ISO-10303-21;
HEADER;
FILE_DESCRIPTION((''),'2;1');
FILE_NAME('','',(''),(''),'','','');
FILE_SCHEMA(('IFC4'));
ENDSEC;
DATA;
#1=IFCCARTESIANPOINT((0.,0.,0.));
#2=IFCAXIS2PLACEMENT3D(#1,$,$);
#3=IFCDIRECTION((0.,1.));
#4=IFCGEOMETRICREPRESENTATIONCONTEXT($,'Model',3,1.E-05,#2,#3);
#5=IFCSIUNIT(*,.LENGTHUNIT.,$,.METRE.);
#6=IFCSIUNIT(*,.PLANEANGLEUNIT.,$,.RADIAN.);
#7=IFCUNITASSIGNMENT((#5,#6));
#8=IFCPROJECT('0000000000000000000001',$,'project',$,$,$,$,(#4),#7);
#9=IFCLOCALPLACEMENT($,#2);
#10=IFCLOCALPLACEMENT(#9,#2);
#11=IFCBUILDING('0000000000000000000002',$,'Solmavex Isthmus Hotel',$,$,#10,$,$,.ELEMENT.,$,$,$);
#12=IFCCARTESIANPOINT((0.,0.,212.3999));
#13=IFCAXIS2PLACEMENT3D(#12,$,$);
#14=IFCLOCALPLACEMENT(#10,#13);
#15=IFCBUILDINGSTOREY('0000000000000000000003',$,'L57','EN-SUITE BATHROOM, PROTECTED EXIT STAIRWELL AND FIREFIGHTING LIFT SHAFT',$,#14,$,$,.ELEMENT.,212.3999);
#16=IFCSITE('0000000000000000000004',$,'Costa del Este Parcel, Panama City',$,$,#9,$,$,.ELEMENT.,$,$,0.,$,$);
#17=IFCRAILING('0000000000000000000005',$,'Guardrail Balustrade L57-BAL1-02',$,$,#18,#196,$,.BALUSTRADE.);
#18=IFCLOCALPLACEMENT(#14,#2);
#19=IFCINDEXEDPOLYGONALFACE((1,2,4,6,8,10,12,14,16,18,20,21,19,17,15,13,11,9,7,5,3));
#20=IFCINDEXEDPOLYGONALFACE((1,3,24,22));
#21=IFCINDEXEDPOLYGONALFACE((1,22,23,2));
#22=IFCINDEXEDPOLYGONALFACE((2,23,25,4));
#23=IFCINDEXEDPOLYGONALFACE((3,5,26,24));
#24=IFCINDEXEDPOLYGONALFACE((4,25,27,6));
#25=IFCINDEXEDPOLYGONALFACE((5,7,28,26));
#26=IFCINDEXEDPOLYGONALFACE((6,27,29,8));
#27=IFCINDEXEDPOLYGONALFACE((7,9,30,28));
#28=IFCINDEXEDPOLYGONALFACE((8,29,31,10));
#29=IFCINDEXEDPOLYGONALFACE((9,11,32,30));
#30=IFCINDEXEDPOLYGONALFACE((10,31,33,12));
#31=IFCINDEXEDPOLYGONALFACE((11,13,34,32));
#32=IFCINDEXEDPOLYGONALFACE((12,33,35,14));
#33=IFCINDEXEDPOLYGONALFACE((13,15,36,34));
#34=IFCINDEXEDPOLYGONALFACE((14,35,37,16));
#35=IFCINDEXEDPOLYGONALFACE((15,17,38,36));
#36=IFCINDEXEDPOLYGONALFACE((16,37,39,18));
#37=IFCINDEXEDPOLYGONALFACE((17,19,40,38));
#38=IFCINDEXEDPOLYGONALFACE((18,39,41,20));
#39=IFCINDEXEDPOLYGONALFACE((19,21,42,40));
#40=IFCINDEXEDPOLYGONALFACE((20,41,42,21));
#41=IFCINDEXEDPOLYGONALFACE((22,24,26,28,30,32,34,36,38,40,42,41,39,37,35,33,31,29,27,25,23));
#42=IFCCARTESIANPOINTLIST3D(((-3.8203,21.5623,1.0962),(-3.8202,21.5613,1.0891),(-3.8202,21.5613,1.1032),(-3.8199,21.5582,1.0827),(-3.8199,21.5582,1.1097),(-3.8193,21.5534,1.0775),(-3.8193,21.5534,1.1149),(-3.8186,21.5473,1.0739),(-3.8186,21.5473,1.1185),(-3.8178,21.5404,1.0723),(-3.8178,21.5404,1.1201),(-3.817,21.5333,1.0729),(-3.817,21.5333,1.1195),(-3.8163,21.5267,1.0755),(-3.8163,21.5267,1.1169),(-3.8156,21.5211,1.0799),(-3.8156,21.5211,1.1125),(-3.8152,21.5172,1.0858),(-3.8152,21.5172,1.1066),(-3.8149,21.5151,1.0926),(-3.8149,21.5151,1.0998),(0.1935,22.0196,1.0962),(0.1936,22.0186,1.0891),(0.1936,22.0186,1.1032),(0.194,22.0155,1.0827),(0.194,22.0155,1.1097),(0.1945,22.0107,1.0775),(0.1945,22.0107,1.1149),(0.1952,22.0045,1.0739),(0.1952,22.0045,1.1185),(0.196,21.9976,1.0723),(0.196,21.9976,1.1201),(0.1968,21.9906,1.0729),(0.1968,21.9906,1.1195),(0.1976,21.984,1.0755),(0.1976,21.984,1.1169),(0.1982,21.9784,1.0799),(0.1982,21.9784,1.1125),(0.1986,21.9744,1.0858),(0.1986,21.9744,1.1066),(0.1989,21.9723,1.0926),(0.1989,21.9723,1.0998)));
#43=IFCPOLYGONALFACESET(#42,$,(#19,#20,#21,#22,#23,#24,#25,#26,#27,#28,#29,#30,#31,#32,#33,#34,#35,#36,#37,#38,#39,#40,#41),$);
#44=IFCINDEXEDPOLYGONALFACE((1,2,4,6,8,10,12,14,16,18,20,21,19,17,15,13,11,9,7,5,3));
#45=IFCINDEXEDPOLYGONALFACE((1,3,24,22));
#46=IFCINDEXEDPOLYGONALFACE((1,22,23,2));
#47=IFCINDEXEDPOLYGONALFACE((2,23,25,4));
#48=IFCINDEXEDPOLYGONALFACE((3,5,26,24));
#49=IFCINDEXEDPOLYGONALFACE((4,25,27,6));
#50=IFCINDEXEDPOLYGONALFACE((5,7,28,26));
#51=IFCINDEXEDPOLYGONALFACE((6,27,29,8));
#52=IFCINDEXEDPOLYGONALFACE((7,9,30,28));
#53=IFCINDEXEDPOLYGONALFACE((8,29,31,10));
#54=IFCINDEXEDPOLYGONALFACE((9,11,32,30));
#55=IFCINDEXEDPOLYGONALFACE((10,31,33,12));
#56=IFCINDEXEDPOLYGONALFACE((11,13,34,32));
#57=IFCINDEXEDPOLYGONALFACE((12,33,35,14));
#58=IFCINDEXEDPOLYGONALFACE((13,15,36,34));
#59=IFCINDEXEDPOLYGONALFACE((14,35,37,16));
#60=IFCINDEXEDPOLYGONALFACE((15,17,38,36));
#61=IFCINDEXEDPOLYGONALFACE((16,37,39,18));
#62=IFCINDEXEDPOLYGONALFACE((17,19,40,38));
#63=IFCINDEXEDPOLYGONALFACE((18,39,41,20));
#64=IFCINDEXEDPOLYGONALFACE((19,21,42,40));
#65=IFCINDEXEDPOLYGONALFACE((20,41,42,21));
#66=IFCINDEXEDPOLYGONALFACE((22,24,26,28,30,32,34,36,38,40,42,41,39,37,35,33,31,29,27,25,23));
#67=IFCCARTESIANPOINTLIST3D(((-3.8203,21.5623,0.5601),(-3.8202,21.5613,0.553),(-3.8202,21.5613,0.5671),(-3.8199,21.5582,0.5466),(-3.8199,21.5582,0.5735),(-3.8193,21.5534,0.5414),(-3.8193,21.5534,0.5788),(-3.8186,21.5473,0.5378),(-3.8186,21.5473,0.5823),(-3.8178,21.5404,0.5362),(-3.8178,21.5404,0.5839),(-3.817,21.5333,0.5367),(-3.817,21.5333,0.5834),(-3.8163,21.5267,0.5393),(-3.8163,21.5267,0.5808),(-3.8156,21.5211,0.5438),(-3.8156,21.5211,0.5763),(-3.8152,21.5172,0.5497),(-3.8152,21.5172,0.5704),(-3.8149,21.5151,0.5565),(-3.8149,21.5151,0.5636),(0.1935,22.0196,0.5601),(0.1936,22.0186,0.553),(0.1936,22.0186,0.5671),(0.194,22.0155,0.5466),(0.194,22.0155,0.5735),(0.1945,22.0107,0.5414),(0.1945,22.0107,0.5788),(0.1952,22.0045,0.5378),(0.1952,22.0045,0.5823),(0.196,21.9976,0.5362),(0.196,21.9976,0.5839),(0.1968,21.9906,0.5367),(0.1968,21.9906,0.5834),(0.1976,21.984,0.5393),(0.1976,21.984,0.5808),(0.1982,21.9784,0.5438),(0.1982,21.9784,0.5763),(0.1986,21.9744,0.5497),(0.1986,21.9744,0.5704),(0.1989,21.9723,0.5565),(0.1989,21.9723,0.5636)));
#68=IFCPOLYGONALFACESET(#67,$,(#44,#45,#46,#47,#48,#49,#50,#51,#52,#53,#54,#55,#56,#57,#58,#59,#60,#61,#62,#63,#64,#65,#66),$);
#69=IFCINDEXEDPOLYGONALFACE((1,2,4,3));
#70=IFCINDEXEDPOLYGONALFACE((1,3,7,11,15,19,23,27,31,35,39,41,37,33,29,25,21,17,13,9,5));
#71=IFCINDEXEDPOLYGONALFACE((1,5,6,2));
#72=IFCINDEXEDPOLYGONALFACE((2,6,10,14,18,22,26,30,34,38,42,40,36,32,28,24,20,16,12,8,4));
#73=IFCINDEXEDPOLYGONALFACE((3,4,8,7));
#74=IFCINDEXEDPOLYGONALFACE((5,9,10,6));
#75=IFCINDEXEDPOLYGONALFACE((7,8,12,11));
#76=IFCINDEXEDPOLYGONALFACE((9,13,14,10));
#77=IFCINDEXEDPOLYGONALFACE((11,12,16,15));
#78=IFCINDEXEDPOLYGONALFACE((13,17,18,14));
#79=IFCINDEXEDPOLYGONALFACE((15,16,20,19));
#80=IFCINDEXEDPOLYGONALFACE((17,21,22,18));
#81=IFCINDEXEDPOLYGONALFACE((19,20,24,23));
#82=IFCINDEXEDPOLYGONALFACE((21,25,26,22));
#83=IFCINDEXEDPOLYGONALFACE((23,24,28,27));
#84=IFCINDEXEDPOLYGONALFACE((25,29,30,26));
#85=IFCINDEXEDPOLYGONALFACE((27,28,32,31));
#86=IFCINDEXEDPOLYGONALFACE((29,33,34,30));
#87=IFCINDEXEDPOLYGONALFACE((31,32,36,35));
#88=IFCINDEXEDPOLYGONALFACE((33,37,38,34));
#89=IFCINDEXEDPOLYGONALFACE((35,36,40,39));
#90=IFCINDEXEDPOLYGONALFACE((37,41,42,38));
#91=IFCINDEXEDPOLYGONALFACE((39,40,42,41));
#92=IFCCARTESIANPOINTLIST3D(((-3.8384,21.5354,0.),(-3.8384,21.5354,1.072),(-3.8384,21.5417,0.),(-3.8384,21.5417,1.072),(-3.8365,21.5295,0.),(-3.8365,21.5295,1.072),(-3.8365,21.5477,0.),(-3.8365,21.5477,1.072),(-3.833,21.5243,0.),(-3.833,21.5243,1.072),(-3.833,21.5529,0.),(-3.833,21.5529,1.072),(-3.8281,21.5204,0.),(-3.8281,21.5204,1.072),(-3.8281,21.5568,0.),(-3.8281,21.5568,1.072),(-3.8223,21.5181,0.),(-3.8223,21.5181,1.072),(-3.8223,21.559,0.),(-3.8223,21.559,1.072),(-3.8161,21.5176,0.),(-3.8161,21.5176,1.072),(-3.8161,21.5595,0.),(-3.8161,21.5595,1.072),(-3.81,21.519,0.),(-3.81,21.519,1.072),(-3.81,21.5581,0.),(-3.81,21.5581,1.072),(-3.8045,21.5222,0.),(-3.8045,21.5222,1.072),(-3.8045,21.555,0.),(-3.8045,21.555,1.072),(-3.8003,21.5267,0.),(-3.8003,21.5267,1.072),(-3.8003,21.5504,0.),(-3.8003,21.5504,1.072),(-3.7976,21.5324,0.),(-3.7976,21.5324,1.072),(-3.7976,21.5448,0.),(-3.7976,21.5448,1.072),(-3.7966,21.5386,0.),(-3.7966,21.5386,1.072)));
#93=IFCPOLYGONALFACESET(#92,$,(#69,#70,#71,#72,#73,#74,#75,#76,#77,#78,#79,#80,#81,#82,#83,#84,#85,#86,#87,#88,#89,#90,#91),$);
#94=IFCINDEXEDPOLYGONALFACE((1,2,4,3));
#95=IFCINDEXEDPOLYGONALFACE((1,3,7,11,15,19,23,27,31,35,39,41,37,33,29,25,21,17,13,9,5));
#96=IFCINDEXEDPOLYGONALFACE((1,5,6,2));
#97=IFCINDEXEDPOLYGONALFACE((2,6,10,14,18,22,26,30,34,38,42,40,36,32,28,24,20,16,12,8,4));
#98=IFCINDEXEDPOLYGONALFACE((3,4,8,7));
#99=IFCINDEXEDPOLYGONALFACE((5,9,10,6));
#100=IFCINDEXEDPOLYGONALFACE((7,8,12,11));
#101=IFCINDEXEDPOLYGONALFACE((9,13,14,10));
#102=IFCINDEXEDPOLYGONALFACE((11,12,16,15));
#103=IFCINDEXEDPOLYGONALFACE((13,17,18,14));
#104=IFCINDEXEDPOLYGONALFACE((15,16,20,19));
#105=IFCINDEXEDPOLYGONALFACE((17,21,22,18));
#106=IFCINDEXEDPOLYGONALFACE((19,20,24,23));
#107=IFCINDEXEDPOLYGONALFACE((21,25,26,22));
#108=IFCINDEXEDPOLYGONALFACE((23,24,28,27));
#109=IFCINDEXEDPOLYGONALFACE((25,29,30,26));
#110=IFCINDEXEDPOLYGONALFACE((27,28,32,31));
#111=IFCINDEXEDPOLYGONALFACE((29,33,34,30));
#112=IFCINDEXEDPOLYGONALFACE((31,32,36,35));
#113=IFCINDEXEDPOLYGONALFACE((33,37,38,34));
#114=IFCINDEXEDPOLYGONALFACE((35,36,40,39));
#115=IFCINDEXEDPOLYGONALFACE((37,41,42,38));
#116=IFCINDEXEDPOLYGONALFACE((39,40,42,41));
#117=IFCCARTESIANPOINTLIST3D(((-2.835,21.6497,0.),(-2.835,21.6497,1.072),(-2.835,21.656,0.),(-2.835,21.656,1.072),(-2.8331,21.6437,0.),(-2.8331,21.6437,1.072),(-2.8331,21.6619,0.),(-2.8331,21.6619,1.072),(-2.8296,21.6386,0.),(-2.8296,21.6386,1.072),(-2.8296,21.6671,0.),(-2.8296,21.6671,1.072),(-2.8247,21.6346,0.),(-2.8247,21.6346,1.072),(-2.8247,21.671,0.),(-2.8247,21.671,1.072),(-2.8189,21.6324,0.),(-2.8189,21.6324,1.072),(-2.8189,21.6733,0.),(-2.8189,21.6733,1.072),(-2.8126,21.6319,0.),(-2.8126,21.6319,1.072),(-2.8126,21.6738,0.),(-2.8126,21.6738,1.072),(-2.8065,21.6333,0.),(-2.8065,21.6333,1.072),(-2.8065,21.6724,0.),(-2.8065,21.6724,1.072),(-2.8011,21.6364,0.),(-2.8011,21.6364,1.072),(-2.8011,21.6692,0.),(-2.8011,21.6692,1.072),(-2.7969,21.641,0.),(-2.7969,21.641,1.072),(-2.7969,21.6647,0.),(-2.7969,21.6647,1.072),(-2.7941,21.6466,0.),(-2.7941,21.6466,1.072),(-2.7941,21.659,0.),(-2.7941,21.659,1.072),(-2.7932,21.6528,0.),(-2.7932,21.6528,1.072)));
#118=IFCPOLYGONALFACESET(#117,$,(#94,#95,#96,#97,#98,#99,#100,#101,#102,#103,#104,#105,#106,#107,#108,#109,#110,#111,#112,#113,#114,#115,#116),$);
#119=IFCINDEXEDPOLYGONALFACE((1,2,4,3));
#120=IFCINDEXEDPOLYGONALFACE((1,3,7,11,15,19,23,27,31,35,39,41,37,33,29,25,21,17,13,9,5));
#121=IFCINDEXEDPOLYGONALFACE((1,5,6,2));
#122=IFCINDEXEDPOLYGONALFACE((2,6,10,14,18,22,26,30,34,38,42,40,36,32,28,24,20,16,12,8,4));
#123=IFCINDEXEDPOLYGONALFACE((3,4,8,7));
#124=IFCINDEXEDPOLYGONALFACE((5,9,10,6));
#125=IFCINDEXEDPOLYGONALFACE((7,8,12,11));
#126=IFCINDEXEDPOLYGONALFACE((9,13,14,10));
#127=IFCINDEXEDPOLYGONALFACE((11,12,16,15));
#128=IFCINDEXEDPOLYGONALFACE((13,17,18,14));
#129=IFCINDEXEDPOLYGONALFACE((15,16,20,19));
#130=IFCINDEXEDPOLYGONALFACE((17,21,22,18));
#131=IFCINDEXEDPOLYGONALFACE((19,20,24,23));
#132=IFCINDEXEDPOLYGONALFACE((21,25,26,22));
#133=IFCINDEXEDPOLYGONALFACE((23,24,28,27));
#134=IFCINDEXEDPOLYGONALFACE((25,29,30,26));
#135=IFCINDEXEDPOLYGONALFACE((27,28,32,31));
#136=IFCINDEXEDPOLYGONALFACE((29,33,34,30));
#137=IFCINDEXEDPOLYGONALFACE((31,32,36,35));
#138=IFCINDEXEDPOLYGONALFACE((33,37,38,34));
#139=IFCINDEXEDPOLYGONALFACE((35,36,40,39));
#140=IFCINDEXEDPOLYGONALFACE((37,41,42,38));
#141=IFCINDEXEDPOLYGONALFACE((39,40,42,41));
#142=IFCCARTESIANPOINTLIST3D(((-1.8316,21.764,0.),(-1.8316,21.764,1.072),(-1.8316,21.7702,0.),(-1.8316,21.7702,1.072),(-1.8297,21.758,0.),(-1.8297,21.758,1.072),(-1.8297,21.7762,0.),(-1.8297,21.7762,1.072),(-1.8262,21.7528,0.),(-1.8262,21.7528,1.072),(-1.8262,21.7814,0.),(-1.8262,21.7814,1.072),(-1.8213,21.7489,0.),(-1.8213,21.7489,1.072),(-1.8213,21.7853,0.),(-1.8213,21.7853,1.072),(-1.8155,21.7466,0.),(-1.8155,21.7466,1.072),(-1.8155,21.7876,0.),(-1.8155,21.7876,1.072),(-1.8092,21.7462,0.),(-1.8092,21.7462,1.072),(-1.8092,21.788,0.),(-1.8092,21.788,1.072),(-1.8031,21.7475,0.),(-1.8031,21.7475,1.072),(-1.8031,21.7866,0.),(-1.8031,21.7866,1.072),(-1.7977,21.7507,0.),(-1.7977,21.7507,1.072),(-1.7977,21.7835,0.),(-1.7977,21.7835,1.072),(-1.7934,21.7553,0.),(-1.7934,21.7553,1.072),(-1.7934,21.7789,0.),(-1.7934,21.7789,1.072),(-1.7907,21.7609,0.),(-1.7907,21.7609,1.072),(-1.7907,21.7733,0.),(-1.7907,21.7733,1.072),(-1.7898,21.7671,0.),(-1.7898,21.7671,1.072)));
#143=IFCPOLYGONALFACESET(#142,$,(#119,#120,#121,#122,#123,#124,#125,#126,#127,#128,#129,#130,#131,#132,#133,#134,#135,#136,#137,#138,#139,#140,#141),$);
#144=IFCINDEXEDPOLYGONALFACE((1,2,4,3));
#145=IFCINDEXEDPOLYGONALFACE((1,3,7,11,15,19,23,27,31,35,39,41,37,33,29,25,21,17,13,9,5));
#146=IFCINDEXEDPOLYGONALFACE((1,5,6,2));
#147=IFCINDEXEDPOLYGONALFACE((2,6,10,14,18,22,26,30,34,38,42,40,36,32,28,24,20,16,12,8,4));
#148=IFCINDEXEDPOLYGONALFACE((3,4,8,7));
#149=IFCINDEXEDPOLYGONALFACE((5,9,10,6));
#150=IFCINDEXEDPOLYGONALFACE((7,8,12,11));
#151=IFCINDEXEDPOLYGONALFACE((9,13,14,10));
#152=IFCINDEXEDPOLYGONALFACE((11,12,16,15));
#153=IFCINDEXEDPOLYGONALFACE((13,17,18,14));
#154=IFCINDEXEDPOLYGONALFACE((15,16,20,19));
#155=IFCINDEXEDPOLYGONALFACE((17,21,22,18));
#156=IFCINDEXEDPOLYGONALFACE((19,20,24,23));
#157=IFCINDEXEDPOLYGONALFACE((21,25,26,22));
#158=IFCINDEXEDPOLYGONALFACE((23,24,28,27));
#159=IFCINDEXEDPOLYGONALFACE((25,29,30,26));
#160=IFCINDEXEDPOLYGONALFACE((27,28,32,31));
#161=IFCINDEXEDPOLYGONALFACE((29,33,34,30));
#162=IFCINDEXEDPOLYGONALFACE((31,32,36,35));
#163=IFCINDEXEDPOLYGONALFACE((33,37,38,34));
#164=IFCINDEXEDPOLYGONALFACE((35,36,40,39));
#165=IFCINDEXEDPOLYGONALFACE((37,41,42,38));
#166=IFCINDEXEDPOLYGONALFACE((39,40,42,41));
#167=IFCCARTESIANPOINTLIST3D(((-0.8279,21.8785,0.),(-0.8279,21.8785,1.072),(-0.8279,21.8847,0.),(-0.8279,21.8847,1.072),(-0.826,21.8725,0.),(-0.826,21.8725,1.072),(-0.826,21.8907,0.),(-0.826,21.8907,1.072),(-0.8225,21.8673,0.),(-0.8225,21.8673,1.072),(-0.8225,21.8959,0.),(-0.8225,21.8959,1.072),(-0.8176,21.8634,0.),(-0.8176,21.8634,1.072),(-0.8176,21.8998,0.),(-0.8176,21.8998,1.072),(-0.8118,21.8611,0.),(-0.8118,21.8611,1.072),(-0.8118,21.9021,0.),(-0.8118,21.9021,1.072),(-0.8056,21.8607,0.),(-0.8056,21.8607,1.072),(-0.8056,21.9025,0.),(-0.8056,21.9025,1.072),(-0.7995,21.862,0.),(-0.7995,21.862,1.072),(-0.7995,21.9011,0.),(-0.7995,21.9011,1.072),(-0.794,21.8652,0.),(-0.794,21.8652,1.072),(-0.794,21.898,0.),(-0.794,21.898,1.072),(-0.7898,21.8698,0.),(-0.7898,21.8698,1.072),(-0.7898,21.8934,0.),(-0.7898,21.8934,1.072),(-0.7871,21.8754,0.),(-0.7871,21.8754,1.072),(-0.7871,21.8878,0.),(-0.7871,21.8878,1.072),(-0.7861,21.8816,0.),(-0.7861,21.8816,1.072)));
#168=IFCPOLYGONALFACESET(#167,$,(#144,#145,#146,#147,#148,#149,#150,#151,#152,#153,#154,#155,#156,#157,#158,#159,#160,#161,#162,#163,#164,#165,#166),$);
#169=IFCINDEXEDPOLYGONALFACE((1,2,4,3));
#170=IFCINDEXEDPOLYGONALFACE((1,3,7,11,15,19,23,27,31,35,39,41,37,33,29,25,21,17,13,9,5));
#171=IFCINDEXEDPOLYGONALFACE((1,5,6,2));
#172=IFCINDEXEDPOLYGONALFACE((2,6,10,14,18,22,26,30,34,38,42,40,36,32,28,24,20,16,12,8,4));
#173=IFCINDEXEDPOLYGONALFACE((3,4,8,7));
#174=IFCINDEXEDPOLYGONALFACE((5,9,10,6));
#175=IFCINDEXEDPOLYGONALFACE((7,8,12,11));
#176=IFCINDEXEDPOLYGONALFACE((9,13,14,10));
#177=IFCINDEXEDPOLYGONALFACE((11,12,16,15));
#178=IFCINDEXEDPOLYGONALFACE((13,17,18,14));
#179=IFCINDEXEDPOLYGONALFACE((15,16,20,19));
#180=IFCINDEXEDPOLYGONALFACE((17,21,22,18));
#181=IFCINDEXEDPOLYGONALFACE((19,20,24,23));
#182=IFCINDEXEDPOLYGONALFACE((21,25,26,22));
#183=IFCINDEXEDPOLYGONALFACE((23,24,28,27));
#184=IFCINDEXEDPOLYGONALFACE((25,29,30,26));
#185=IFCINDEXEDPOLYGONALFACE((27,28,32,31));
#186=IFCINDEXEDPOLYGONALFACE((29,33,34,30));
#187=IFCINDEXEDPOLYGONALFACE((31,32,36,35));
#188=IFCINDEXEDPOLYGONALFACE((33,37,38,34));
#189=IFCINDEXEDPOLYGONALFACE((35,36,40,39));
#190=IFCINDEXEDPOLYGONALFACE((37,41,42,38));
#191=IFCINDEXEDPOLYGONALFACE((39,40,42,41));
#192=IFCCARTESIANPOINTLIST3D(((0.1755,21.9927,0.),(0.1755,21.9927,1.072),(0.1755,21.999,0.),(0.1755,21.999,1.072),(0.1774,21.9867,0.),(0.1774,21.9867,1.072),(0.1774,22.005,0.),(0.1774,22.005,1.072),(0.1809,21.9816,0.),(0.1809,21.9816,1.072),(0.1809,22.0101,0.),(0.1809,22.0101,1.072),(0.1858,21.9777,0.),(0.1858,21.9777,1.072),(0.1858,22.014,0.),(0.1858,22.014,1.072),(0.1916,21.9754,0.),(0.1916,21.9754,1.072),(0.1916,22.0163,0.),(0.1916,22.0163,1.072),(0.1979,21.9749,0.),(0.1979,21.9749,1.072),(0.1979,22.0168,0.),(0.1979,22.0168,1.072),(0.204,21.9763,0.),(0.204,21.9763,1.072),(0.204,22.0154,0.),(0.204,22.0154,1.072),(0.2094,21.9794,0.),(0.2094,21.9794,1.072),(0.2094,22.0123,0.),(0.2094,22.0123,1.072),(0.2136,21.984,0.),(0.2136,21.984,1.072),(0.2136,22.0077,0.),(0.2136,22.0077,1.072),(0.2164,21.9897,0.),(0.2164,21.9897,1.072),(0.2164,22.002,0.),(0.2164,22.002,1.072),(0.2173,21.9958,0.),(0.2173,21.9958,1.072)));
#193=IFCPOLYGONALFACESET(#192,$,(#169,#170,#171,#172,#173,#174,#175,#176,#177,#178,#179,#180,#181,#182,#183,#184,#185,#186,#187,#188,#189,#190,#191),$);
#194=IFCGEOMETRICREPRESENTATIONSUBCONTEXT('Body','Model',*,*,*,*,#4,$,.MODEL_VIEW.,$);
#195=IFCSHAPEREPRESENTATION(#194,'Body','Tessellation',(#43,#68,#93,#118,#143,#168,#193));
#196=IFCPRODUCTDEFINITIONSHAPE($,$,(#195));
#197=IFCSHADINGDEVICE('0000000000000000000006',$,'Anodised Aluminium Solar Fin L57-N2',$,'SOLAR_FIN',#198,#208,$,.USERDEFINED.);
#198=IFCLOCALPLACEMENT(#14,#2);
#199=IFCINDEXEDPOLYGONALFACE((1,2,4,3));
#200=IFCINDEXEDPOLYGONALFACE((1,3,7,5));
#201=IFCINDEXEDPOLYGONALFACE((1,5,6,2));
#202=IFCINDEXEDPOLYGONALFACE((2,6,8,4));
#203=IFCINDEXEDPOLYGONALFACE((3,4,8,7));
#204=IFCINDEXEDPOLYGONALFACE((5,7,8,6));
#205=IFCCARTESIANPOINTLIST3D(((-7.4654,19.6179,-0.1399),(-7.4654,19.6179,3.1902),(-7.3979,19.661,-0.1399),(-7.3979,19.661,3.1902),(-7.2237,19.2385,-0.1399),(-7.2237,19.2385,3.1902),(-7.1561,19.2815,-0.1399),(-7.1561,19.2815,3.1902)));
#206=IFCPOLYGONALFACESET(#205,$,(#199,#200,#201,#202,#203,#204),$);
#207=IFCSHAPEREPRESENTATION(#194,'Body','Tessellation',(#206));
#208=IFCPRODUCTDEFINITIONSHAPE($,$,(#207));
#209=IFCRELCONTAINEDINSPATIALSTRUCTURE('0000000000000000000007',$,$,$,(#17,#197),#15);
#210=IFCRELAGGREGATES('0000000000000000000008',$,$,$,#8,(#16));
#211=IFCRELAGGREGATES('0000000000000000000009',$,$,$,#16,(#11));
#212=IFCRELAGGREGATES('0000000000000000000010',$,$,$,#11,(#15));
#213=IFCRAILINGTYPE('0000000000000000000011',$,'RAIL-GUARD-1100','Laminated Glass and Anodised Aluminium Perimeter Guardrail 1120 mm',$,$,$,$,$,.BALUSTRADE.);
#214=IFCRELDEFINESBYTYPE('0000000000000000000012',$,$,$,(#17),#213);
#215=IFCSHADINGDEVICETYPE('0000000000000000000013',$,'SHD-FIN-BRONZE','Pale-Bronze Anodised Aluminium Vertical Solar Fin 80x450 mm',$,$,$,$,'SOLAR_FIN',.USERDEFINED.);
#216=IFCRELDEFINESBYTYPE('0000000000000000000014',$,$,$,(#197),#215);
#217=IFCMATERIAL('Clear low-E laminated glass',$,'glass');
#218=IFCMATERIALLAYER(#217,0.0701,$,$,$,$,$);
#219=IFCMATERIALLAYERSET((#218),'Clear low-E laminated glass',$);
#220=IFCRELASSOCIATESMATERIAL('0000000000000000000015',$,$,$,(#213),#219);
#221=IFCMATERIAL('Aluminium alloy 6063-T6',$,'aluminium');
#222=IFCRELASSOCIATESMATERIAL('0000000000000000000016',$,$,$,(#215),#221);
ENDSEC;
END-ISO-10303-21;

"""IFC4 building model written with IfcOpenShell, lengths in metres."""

from ifc_helpers import new_model, si_unit, direction, frame, origin, origin_2d, place, context, subcontext, project, spatial, rectangle, circle, extrude, material, layer, layer_set, type_object, element, save


model = new_model("IFC4")

# Units and contexts
model_context = context("Model", 3, precision=1e-05, world=origin(), true_north=direction((0.0, 1.0)))
body_context = subcontext(model_context, "Body", "Model", "MODEL_VIEW")
ifc_project = project(units=[si_unit("LENGTHUNIT", "METRE"), si_unit("PLANEANGLEUNIT", "RADIAN")], contexts=[model_context])

# Site, building, storey
site_placement = place(None, origin())
site = spatial("IfcSite", under=ifc_project, at=site_placement, Name="Costa del Este Parcel, Panama City", CompositionType="ELEMENT", RefElevation=0.0)
building_placement = place(site_placement, origin())
building = spatial("IfcBuilding", under=site, at=building_placement, Name="Solmavex Isthmus Hotel", CompositionType="ELEMENT")
storey_placement = place(building_placement, frame((0.0, 0.0, 212.3999)))
storey = spatial("IfcBuildingStorey", under=building, at=storey_placement, Name="L57", Description="EN-SUITE BATHROOM, PROTECTED EXIT STAIRWELL AND FIREFIGHTING LIFT SHAFT", CompositionType="ELEMENT", Elevation=212.3999)

# Shared definitions
ifc_material_1 = material(Name="Aluminium alloy 6063-T6", Category="aluminium")

# Shared definitions
ifc_material_2 = material(Name="Clear low-E laminated glass", Category="glass")

# Railing
ifc_layer_1 = layer(ifc_material_2, 0.0701)
ifc_layer_set_1 = layer_set([ifc_layer_1], Name="Clear low-E laminated glass")
railing_type = type_object("IfcRailingType", Name="RAIL-GUARD-1100", Description="Laminated Glass and Anodised Aluminium Perimeter Guardrail 1120 mm", PredefinedType="BALUSTRADE", material=ifc_layer_set_1)
railing_1_placement = place(storey_placement, frame((-3.8176, 21.5386, 0.0)))
element("IfcRailing", 1, at=railing_1_placement, inside=storey, type_object=railing_type, Name="Guardrail Balustrade L57-BAL1-02", PredefinedType="BALUSTRADE", context=body_context, shape_type="SweptSolid", body=[
    extrude(circle(Radius=0.0239, at=origin_2d()), frame((0.0, 0.0, 1.0962), z_axis=(0.993573, 0.11319, 0.0), x_axis=(-0.11319, 0.993573, 0.0)), (0.0, 0.0, 1.0), 4.0398),
    extrude(circle(Radius=0.0239, at=origin_2d()), frame((0.0, 0.0, 0.5601), z_axis=(0.993573, 0.11319, 0.0), x_axis=(-0.11319, 0.993573, 0.0)), (0.0, 0.0, 1.0), 4.0398),
    extrude(circle(Radius=0.021, at=origin_2d()), origin(), (0.0, 0.0, 1.0), 1.072),
    extrude(circle(Radius=0.021, at=origin_2d()), frame((1.0034, 0.1143, 0.0)), (0.0, 0.0, 1.0), 1.072),
    extrude(circle(Radius=0.021, at=origin_2d()), frame((2.0068, 0.2285, 0.0)), (0.0, 0.0, 1.0), 1.072),
    extrude(circle(Radius=0.021, at=origin_2d()), frame((3.0105, 0.343, 0.0)), (0.0, 0.0, 1.0), 1.072),
    extrude(circle(Radius=0.021, at=origin_2d()), frame((4.0139, 0.4573, 0.0)), (0.0, 0.0, 1.0), 1.072),
])

# Shading device
shading_device_type = type_object("IfcShadingDeviceType", Name="SHD-FIN-BRONZE", Description="Pale-Bronze Anodised Aluminium Vertical Solar Fin 80x450 mm", ElementType="SOLAR_FIN", PredefinedType="USERDEFINED", material=ifc_material_1)
shading_device_placement = place(storey_placement, frame((-7.3108, 19.4497, -0.1399), z_axis=(0.0, 0.0, 1.0), x_axis=(-0.5373, 0.843391, 0.0)))
element("IfcShadingDevice", 2, at=shading_device_placement, inside=storey, type_object=shading_device_type, Name="Anodised Aluminium Solar Fin L57-N2", ObjectType="SOLAR_FIN", PredefinedType="USERDEFINED", context=body_context, shape_type="SweptSolid", body=[
    extrude(rectangle(XDim=0.45, YDim=0.0801, at=origin_2d()), origin(), (0.0, 0.0, 1.0), 3.3301),
])

save(model, "model.ifc")
